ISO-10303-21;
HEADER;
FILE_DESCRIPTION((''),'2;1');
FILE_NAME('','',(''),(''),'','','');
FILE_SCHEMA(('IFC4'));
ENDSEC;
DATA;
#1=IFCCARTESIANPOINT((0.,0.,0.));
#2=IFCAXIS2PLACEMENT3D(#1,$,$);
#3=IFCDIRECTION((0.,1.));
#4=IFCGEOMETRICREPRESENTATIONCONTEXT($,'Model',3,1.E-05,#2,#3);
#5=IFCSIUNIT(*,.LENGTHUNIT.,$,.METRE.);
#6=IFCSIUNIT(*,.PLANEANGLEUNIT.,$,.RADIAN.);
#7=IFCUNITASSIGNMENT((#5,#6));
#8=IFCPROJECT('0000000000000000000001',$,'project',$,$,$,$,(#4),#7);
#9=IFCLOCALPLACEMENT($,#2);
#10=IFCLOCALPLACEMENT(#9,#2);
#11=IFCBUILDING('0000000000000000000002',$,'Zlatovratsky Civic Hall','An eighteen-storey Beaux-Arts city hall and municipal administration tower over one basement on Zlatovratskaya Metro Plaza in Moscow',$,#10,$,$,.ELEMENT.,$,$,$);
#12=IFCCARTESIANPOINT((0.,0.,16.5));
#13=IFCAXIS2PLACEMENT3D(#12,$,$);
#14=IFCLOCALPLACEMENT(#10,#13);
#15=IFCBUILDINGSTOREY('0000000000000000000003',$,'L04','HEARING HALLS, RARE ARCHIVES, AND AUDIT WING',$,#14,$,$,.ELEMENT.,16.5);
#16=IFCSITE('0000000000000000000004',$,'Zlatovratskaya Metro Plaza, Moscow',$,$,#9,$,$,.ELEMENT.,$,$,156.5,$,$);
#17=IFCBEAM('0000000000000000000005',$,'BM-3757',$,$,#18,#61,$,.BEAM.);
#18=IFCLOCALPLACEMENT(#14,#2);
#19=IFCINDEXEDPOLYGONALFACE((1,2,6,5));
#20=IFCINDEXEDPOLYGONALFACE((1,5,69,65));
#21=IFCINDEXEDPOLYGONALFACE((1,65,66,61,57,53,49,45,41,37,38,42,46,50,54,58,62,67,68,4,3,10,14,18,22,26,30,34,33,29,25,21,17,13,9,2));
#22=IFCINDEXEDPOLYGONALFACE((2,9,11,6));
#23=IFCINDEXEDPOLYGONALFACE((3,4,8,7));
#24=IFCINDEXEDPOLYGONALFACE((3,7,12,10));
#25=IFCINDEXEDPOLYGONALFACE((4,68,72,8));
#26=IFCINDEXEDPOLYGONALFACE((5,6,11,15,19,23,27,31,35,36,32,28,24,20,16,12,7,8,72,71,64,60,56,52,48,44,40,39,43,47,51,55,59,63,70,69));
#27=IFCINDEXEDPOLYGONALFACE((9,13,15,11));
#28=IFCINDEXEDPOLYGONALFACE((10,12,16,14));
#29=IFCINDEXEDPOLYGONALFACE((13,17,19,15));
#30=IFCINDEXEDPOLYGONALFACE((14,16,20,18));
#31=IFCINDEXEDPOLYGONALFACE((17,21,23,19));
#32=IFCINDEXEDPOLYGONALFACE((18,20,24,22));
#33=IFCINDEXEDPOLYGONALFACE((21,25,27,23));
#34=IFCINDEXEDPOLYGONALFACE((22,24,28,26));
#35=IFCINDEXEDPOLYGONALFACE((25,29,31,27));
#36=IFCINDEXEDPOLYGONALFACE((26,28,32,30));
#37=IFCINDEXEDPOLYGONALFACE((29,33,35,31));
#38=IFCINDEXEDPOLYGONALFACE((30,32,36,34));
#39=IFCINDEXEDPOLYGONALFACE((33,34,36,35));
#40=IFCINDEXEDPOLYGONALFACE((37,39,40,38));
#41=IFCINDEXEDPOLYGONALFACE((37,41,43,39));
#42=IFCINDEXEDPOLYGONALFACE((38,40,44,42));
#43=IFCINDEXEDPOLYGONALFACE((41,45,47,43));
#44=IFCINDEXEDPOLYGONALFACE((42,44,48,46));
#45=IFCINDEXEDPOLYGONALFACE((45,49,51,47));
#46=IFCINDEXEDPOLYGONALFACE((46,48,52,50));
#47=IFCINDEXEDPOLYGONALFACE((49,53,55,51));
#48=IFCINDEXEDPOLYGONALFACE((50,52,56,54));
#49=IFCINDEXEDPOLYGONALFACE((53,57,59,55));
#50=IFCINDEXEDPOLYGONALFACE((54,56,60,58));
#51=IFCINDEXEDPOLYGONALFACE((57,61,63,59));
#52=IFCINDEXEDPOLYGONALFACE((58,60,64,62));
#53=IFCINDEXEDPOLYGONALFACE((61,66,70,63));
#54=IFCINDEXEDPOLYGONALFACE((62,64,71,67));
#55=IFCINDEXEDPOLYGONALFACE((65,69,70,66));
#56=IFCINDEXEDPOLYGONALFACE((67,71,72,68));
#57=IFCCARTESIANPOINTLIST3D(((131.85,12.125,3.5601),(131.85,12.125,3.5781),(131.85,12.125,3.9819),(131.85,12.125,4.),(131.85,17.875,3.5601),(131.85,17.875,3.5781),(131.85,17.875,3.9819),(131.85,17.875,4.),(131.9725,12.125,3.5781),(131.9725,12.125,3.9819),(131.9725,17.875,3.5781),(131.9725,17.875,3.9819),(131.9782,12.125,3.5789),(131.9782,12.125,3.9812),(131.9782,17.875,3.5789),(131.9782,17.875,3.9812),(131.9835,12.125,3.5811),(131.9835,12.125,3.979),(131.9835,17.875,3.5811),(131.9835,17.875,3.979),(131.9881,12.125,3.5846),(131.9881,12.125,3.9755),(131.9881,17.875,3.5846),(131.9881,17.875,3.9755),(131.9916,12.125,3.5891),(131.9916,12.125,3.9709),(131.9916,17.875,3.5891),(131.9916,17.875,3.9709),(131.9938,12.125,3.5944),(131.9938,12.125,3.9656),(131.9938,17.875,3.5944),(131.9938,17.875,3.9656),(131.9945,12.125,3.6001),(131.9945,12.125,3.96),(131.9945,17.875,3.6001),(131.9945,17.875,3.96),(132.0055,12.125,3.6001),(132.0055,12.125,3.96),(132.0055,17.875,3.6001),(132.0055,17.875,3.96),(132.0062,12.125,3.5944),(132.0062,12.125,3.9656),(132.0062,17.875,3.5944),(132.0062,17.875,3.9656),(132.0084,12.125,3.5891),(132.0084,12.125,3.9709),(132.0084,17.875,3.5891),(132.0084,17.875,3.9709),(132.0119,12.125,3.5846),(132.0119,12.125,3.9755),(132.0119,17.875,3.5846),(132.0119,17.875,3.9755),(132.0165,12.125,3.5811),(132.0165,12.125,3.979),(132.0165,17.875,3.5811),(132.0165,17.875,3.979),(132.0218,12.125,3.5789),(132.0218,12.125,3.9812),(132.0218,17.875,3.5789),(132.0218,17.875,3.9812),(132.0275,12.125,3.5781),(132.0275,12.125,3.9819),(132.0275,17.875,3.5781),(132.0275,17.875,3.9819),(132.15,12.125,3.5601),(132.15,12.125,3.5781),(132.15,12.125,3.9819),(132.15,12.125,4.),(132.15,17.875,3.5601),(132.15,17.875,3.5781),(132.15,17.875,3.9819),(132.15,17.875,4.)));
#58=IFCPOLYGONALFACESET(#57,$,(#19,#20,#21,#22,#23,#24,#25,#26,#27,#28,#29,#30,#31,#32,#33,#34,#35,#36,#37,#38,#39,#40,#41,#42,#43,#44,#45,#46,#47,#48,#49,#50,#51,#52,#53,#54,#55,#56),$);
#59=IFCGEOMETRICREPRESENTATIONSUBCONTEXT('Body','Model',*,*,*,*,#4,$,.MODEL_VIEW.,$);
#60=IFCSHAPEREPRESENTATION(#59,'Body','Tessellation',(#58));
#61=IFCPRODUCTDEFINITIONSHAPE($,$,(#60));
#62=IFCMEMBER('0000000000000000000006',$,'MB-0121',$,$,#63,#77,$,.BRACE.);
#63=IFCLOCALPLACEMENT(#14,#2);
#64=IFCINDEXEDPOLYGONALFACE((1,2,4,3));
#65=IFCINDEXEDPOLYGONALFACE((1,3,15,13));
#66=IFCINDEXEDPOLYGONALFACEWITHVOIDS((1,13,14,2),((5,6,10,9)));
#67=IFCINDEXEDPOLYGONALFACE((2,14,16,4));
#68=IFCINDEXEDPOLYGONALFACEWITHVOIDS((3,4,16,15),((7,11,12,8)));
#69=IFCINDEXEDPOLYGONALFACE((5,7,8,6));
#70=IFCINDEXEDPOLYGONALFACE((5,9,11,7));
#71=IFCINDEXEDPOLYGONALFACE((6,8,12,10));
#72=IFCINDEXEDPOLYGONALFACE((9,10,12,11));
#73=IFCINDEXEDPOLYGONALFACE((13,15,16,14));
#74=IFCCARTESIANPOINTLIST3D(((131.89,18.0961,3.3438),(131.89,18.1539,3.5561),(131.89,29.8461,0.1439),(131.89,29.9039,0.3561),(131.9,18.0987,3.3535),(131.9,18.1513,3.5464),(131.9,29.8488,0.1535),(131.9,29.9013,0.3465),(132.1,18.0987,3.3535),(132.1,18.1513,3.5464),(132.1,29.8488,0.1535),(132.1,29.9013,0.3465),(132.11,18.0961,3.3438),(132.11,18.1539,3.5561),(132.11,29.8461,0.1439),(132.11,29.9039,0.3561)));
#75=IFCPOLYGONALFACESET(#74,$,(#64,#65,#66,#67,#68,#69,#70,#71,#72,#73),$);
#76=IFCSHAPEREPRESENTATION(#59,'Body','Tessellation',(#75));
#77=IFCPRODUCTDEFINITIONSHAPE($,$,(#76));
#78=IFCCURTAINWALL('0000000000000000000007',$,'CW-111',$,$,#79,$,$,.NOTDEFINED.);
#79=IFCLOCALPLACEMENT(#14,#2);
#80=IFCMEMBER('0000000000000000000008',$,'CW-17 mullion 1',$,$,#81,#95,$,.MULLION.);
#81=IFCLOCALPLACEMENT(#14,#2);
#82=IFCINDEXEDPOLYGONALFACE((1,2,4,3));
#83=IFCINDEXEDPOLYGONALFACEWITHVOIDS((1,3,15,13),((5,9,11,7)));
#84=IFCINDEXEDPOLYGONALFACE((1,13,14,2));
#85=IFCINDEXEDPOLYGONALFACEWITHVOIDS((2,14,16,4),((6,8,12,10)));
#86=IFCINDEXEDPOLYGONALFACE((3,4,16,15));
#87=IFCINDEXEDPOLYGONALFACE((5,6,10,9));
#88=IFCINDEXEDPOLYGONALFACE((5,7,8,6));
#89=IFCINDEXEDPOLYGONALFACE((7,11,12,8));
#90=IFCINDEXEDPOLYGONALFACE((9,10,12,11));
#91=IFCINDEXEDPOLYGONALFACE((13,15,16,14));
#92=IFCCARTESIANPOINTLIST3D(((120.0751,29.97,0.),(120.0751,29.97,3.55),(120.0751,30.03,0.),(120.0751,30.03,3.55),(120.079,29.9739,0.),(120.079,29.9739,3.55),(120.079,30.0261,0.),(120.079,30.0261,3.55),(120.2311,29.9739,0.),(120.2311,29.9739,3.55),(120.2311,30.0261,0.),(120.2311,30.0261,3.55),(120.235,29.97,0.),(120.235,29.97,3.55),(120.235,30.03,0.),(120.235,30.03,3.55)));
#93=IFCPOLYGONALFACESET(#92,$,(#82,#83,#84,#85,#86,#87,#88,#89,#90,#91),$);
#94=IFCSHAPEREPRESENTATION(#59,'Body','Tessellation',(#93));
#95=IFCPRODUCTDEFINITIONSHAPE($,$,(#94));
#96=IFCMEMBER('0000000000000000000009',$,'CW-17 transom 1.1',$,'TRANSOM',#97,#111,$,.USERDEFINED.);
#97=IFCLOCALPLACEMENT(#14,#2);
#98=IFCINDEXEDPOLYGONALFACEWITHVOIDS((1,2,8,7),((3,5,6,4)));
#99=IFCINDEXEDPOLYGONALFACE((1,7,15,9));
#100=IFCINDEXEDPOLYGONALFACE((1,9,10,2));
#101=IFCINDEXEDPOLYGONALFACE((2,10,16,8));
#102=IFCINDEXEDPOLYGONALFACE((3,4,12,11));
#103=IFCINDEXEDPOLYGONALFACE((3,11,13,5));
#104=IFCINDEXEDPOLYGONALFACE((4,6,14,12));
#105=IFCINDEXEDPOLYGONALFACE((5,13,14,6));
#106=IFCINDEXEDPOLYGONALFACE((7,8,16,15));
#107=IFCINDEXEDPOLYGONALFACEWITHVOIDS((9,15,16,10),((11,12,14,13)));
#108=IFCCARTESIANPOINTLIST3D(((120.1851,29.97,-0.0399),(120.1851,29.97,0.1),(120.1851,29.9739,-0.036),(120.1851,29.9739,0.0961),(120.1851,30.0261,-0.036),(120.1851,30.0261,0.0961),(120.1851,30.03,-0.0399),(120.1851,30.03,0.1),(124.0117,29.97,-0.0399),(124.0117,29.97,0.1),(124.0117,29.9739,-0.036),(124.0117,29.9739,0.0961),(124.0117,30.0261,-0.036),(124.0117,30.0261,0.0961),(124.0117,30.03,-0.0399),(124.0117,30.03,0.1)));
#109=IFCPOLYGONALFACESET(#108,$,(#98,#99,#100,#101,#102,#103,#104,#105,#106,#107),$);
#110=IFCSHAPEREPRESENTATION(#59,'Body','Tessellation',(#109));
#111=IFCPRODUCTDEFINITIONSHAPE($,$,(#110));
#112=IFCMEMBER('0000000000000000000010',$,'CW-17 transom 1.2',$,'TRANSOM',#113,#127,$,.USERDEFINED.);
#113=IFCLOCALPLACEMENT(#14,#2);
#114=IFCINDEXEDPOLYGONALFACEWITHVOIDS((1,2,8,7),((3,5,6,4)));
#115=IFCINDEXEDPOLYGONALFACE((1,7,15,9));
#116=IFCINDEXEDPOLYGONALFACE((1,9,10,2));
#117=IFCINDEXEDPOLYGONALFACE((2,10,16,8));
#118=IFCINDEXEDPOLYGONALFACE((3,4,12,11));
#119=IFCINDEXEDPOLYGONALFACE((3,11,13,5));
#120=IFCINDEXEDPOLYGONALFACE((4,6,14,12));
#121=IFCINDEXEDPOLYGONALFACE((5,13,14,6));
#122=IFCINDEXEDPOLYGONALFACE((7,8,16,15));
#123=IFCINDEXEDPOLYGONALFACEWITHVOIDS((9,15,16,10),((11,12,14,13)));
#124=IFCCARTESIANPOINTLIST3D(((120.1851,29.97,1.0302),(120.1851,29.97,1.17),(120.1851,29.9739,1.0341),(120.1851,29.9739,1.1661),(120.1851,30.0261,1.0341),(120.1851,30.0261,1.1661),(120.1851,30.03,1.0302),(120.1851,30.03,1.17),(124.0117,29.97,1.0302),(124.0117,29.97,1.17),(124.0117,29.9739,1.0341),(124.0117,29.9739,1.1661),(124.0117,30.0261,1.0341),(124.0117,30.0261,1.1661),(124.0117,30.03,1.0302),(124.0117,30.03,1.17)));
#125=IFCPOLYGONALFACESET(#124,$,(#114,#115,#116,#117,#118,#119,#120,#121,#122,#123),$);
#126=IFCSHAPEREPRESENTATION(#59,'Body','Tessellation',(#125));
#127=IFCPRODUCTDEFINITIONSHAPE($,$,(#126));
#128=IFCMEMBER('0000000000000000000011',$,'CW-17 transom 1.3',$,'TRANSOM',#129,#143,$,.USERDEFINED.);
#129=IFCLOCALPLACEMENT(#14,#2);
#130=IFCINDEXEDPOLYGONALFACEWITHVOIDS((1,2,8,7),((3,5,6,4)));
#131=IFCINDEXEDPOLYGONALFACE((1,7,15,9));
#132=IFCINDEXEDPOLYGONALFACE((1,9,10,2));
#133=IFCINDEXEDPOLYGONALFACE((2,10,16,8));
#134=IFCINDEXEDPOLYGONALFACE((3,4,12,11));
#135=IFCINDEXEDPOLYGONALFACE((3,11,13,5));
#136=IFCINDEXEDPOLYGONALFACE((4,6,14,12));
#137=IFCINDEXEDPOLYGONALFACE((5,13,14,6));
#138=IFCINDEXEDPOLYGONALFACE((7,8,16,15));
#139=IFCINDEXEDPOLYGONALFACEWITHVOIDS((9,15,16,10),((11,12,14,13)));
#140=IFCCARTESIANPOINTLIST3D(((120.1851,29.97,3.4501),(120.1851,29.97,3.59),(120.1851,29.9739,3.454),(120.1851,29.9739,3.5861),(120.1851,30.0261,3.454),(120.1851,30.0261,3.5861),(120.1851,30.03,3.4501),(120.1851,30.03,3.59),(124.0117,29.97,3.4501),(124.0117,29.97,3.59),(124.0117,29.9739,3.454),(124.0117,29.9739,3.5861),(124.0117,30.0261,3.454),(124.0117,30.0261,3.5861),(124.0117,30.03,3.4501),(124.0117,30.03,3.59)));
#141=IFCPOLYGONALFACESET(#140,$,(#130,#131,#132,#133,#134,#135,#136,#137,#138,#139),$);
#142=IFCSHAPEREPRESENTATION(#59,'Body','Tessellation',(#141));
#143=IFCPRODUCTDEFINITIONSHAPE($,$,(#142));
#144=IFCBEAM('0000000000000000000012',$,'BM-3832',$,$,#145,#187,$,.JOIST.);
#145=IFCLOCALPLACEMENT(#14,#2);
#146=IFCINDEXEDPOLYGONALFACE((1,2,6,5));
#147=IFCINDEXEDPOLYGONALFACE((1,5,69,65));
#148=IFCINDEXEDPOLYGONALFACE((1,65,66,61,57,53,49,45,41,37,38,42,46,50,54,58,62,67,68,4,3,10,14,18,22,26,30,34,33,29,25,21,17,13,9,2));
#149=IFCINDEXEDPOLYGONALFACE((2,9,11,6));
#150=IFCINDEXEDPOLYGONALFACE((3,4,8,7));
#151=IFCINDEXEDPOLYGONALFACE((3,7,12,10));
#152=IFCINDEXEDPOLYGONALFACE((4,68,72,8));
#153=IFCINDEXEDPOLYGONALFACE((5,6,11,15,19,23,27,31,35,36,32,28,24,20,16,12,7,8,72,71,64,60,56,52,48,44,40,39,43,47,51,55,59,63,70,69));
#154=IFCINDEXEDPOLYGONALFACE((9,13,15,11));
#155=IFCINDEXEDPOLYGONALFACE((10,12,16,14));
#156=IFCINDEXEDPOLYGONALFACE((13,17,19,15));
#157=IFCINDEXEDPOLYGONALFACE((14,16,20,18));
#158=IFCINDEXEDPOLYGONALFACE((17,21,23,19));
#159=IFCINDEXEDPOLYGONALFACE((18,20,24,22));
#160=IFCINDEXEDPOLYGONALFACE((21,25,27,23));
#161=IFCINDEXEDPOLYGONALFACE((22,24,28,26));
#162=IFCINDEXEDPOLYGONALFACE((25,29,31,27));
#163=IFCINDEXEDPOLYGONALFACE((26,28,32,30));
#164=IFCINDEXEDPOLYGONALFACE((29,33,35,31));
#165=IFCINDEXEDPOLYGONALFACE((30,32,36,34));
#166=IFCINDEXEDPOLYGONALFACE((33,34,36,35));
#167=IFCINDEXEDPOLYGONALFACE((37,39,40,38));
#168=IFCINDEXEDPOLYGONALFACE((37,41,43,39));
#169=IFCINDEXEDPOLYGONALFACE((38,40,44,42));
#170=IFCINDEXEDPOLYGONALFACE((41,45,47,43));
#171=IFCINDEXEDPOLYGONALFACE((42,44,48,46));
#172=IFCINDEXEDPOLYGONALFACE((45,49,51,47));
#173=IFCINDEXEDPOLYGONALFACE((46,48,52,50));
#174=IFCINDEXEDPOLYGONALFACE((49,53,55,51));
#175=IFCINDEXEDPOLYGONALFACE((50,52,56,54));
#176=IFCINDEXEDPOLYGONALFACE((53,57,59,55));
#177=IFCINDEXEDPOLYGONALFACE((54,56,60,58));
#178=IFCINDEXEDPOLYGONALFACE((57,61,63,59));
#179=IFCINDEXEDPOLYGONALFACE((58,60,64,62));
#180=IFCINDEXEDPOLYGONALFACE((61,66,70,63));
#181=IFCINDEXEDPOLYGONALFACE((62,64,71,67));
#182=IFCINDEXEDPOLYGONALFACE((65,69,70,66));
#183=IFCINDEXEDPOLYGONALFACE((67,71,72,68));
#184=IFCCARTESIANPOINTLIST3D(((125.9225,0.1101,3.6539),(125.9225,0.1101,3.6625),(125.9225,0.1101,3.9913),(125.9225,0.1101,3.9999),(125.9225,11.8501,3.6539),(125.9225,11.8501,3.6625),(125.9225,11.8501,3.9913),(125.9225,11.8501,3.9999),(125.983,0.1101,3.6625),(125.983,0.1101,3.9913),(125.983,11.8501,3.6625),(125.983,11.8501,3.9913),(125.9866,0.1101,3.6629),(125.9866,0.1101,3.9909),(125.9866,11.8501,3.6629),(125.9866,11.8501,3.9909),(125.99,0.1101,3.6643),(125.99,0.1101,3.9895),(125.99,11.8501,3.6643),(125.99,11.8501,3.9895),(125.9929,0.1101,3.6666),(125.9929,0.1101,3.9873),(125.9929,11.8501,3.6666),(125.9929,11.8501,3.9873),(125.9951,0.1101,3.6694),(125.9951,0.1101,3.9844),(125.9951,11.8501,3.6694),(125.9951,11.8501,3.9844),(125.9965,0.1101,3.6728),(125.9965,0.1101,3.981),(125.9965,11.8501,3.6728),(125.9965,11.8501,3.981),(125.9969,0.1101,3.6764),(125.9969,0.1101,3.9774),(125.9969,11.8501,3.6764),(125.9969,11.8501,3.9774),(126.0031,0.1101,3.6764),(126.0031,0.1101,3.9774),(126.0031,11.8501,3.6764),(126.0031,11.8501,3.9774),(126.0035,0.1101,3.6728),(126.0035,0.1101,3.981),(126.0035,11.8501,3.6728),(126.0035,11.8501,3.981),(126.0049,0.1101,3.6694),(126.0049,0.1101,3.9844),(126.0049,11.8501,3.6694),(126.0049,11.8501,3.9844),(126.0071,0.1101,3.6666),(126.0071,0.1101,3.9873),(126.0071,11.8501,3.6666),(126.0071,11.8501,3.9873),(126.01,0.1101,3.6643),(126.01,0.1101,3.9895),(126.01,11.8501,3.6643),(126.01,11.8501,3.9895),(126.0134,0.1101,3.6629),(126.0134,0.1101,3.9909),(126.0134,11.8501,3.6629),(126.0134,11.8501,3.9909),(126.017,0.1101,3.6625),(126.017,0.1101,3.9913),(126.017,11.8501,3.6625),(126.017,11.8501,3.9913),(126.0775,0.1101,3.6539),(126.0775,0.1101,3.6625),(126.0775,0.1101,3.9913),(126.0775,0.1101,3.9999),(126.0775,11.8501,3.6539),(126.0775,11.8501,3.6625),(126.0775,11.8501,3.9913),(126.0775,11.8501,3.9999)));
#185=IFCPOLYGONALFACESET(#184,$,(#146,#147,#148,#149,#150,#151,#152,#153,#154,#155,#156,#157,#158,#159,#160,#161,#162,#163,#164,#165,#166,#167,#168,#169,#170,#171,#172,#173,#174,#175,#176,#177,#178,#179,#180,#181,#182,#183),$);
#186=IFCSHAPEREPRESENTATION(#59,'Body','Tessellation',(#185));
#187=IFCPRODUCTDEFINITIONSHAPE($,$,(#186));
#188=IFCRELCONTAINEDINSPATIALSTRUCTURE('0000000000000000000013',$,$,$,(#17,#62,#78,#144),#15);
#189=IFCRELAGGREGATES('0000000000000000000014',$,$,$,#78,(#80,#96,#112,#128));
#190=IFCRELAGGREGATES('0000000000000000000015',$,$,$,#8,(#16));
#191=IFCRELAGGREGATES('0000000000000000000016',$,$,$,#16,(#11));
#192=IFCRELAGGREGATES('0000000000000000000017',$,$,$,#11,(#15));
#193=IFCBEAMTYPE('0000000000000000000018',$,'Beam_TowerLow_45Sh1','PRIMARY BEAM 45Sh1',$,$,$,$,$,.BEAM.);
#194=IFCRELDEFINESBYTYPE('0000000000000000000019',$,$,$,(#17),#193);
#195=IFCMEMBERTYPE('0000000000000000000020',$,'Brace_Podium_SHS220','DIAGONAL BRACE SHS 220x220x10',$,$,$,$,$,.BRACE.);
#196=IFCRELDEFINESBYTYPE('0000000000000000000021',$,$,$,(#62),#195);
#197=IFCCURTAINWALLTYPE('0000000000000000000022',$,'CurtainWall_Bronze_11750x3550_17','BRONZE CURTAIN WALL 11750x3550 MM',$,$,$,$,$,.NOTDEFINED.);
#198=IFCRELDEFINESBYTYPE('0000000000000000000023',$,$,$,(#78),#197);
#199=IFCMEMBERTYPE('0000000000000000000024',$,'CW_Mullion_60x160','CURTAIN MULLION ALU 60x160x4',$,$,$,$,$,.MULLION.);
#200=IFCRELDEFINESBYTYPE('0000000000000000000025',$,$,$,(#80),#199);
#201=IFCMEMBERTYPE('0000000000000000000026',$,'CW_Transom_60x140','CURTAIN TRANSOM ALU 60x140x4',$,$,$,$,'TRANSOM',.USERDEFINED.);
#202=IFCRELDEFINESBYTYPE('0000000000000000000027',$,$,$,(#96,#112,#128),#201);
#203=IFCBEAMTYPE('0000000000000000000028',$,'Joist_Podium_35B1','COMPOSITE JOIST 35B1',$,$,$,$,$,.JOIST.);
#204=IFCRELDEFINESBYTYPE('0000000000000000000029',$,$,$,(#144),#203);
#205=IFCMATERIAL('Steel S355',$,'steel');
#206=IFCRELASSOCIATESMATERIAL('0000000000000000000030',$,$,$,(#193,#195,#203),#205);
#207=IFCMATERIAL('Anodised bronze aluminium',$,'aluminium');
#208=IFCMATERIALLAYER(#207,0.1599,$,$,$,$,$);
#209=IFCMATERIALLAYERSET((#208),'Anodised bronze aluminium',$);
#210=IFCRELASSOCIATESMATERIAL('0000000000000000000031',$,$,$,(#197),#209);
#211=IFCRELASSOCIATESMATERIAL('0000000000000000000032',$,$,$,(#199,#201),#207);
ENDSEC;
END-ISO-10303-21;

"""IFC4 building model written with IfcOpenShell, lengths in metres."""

from ifc_helpers import new_model, si_unit, direction, frame, origin, origin_2d, place, context, subcontext, project, spatial, hollow_rectangle, i_section, extrude, material, layer, layer_set, material_profile, profile_set, type_object, element, aggregate, save


model = new_model("IFC4")

# Units and contexts
model_context = context("Model", 3, precision=1e-05, world=origin(), true_north=direction((0.0, 1.0)))
body_context = subcontext(model_context, "Body", "Model", "MODEL_VIEW")
ifc_project = project(units=[si_unit("LENGTHUNIT", "METRE"), si_unit("PLANEANGLEUNIT", "RADIAN")], contexts=[model_context])

# Site, building, storey
site_placement = place(None, origin())
site = spatial("IfcSite", under=ifc_project, at=site_placement, Name="Zlatovratskaya Metro Plaza, Moscow", CompositionType="ELEMENT", RefElevation=156.5)
building_placement = place(site_placement, origin())
building = spatial("IfcBuilding", under=site, at=building_placement, Name="Zlatovratsky Civic Hall", Description="An eighteen-storey Beaux-Arts city hall and municipal administration tower over one basement on Zlatovratskaya Metro Plaza in Moscow", CompositionType="ELEMENT")
storey_placement = place(building_placement, frame((0.0, 0.0, 16.5)))
storey = spatial("IfcBuildingStorey", under=building, at=storey_placement, Name="L04", Description="HEARING HALLS, RARE ARCHIVES, AND AUDIT WING", CompositionType="ELEMENT", Elevation=16.5)

# Shared definitions
ifc_material_1 = material(Name="Steel S355", Category="steel")

# Beam
ifc_material_profile_1 = material_profile(ifc_material_1, i_section(OverallWidth=0.3, OverallDepth=0.4399, WebThickness=0.011, FlangeThickness=0.0181, FilletRadius=0.022, at=origin_2d()), Name="45Sh1")
ifc_profile_set_1 = profile_set([ifc_material_profile_1], Name="Steel S355")
beam_type_1 = type_object("IfcBeamType", Name="Beam_TowerLow_45Sh1", Description="PRIMARY BEAM 45Sh1", PredefinedType="BEAM", material=ifc_profile_set_1)
beam_1_placement = place(storey_placement, frame((132.0, 12.125, 3.78), z_axis=(0.0, 1.0, 0.0), x_axis=(-1.0, 0.0, 0.0)))
element("IfcBeam", 1, at=beam_1_placement, inside=storey, type_object=beam_type_1, Name="BM-3757", PredefinedType="BEAM", context=body_context, shape_type="SweptSolid", body=[
    extrude(i_section(OverallWidth=0.3, OverallDepth=0.4399, WebThickness=0.011, FlangeThickness=0.0181, FilletRadius=0.022, at=origin_2d()), origin(), (0.0, 0.0, 1.0), 5.75),
])

# Member
ifc_material_profile_2 = material_profile(ifc_material_1, hollow_rectangle(XDim=0.22, YDim=0.22, WallThickness=0.01, at=origin_2d()), Name="SHS 220x220x10")
ifc_profile_set_2 = profile_set([ifc_material_profile_2], Name="Steel S355")
member_type_1 = type_object("IfcMemberType", Name="Brace_Podium_SHS220", Description="DIAGONAL BRACE SHS 220x220x10", PredefinedType="BRACE", material=ifc_profile_set_2)
member_1_placement = place(storey_placement, frame((132.0, 18.125, 3.45), z_axis=(0.0, 0.96486, -0.262766), x_axis=(-1.0, 0.0, 0.0)))
element("IfcMember", 2, at=member_1_placement, inside=storey, type_object=member_type_1, Name="MB-0121", PredefinedType="BRACE", context=body_context, shape_type="SweptSolid", body=[
    extrude(hollow_rectangle(XDim=0.22, YDim=0.22, WallThickness=0.01, at=origin_2d()), origin(), (0.0, 0.0, 1.0), 12.178),
])

# Curtain wall, members
ifc_material_2 = material(Name="Anodised bronze aluminium", Category="aluminium")
ifc_layer_1 = layer(ifc_material_2, 0.1599)
ifc_layer_set_1 = layer_set([ifc_layer_1], Name="Anodised bronze aluminium")
curtain_wall_type = type_object("IfcCurtainWallType", Name="CurtainWall_Bronze_11750x3550_17", Description="BRONZE CURTAIN WALL 11750x3550 MM", PredefinedType="NOTDEFINED", material=ifc_layer_set_1)
curtain_wall_placement = place(storey_placement, origin())
curtain_wall = element("IfcCurtainWall", 3, at=curtain_wall_placement, inside=storey, type_object=curtain_wall_type, Name="CW-111", PredefinedType="NOTDEFINED")
ifc_material_profile_3 = material_profile(ifc_material_2, hollow_rectangle(XDim=0.0601, YDim=0.1599, WallThickness=0.0039, at=origin_2d()), Name="ALU 60x160x4")
ifc_profile_set_3 = profile_set([ifc_material_profile_3], Name="Anodised bronze aluminium")
member_type_2 = type_object("IfcMemberType", Name="CW_Mullion_60x160", Description="CURTAIN MULLION ALU 60x160x4", PredefinedType="MULLION", material=ifc_profile_set_3)
member_2_placement = place(storey_placement, frame((120.155, 30.0, 0.0), z_axis=(0.0, 0.0, 1.0), x_axis=(0.0, 1.0, 0.0)))
member_2 = element("IfcMember", 4, at=member_2_placement, type_object=member_type_2, Name="CW-17 mullion 1", PredefinedType="MULLION", context=body_context, shape_type="SweptSolid", body=[
    extrude(hollow_rectangle(XDim=0.0601, YDim=0.1599, WallThickness=0.0039, at=origin_2d()), origin(), (0.0, 0.0, 1.0), 3.55),
])
ifc_material_profile_4 = material_profile(ifc_material_2, hollow_rectangle(XDim=0.0601, YDim=0.1399, WallThickness=0.0039, at=origin_2d()), Name="ALU 60x140x4")
ifc_profile_set_4 = profile_set([ifc_material_profile_4], Name="Anodised bronze aluminium")
member_type_3 = type_object("IfcMemberType", Name="CW_Transom_60x140", Description="CURTAIN TRANSOM ALU 60x140x4", ElementType="TRANSOM", PredefinedType="USERDEFINED", material=ifc_profile_set_4)
member_3_placement = place(storey_placement, frame((120.1851, 30.0, 0.03), z_axis=(1.0, 0.0, 0.0), x_axis=(0.0, 1.0, 0.0)))
member_3 = element("IfcMember", 5, at=member_3_placement, type_object=member_type_3, Name="CW-17 transom 1.1", ObjectType="TRANSOM", PredefinedType="USERDEFINED", context=body_context, shape_type="SweptSolid", body=[
    extrude(hollow_rectangle(XDim=0.0601, YDim=0.1399, WallThickness=0.0039, at=origin_2d()), origin(), (0.0, 0.0, 1.0), 3.8267),
])
member_4_placement = place(storey_placement, frame((120.1851, 30.0, 1.1001), z_axis=(1.0, 0.0, 0.0), x_axis=(0.0, 1.0, 0.0)))
member_4 = element("IfcMember", 6, at=member_4_placement, type_object=member_type_3, Name="CW-17 transom 1.2", ObjectType="TRANSOM", PredefinedType="USERDEFINED", context=body_context, shape_type="SweptSolid", body=[
    extrude(hollow_rectangle(XDim=0.0601, YDim=0.1399, WallThickness=0.0039, at=origin_2d()), origin(), (0.0, 0.0, 1.0), 3.8267),
])
member_5_placement = place(storey_placement, frame((120.1851, 30.0, 3.52), z_axis=(1.0, 0.0, 0.0), x_axis=(0.0, 1.0, 0.0)))
member_5 = element("IfcMember", 7, at=member_5_placement, type_object=member_type_3, Name="CW-17 transom 1.3", ObjectType="TRANSOM", PredefinedType="USERDEFINED", context=body_context, shape_type="SweptSolid", body=[
    extrude(hollow_rectangle(XDim=0.0601, YDim=0.1399, WallThickness=0.0039, at=origin_2d()), origin(), (0.0, 0.0, 1.0), 3.8267),
])

# Beam
ifc_material_profile_5 = material_profile(ifc_material_1, i_section(OverallWidth=0.155, OverallDepth=0.3459, WebThickness=0.0061, FlangeThickness=0.0085, FilletRadius=0.0139, at=origin_2d()), Name="35B1")
ifc_profile_set_5 = profile_set([ifc_material_profile_5], Name="Steel S355")
beam_type_2 = type_object("IfcBeamType", Name="Joist_Podium_35B1", Description="COMPOSITE JOIST 35B1", PredefinedType="JOIST", material=ifc_profile_set_5)
for number, where, z_axis, x_axis, name in (
    (8, (126.0, 0.1101, 3.8269), (0.0, 1.0, 0.0), (-1.0, 0.0, 0.0), "BM-3832"),
):
    element("IfcBeam", number, at=place(storey_placement, frame(where, z_axis=z_axis, x_axis=x_axis)), inside=storey, type_object=beam_type_2, Name=name, PredefinedType="JOIST", context=body_context, shape_type="SweptSolid", body=[
        extrude(i_section(OverallWidth=0.155, OverallDepth=0.3459, WebThickness=0.0061, FlangeThickness=0.0085, FilletRadius=0.0139, at=origin_2d()), origin(), (0.0, 0.0, 1.0), 11.74),
    ])

aggregate(curtain_wall, [member_2, member_3, member_4, member_5])

save(model, "model.ifc")
